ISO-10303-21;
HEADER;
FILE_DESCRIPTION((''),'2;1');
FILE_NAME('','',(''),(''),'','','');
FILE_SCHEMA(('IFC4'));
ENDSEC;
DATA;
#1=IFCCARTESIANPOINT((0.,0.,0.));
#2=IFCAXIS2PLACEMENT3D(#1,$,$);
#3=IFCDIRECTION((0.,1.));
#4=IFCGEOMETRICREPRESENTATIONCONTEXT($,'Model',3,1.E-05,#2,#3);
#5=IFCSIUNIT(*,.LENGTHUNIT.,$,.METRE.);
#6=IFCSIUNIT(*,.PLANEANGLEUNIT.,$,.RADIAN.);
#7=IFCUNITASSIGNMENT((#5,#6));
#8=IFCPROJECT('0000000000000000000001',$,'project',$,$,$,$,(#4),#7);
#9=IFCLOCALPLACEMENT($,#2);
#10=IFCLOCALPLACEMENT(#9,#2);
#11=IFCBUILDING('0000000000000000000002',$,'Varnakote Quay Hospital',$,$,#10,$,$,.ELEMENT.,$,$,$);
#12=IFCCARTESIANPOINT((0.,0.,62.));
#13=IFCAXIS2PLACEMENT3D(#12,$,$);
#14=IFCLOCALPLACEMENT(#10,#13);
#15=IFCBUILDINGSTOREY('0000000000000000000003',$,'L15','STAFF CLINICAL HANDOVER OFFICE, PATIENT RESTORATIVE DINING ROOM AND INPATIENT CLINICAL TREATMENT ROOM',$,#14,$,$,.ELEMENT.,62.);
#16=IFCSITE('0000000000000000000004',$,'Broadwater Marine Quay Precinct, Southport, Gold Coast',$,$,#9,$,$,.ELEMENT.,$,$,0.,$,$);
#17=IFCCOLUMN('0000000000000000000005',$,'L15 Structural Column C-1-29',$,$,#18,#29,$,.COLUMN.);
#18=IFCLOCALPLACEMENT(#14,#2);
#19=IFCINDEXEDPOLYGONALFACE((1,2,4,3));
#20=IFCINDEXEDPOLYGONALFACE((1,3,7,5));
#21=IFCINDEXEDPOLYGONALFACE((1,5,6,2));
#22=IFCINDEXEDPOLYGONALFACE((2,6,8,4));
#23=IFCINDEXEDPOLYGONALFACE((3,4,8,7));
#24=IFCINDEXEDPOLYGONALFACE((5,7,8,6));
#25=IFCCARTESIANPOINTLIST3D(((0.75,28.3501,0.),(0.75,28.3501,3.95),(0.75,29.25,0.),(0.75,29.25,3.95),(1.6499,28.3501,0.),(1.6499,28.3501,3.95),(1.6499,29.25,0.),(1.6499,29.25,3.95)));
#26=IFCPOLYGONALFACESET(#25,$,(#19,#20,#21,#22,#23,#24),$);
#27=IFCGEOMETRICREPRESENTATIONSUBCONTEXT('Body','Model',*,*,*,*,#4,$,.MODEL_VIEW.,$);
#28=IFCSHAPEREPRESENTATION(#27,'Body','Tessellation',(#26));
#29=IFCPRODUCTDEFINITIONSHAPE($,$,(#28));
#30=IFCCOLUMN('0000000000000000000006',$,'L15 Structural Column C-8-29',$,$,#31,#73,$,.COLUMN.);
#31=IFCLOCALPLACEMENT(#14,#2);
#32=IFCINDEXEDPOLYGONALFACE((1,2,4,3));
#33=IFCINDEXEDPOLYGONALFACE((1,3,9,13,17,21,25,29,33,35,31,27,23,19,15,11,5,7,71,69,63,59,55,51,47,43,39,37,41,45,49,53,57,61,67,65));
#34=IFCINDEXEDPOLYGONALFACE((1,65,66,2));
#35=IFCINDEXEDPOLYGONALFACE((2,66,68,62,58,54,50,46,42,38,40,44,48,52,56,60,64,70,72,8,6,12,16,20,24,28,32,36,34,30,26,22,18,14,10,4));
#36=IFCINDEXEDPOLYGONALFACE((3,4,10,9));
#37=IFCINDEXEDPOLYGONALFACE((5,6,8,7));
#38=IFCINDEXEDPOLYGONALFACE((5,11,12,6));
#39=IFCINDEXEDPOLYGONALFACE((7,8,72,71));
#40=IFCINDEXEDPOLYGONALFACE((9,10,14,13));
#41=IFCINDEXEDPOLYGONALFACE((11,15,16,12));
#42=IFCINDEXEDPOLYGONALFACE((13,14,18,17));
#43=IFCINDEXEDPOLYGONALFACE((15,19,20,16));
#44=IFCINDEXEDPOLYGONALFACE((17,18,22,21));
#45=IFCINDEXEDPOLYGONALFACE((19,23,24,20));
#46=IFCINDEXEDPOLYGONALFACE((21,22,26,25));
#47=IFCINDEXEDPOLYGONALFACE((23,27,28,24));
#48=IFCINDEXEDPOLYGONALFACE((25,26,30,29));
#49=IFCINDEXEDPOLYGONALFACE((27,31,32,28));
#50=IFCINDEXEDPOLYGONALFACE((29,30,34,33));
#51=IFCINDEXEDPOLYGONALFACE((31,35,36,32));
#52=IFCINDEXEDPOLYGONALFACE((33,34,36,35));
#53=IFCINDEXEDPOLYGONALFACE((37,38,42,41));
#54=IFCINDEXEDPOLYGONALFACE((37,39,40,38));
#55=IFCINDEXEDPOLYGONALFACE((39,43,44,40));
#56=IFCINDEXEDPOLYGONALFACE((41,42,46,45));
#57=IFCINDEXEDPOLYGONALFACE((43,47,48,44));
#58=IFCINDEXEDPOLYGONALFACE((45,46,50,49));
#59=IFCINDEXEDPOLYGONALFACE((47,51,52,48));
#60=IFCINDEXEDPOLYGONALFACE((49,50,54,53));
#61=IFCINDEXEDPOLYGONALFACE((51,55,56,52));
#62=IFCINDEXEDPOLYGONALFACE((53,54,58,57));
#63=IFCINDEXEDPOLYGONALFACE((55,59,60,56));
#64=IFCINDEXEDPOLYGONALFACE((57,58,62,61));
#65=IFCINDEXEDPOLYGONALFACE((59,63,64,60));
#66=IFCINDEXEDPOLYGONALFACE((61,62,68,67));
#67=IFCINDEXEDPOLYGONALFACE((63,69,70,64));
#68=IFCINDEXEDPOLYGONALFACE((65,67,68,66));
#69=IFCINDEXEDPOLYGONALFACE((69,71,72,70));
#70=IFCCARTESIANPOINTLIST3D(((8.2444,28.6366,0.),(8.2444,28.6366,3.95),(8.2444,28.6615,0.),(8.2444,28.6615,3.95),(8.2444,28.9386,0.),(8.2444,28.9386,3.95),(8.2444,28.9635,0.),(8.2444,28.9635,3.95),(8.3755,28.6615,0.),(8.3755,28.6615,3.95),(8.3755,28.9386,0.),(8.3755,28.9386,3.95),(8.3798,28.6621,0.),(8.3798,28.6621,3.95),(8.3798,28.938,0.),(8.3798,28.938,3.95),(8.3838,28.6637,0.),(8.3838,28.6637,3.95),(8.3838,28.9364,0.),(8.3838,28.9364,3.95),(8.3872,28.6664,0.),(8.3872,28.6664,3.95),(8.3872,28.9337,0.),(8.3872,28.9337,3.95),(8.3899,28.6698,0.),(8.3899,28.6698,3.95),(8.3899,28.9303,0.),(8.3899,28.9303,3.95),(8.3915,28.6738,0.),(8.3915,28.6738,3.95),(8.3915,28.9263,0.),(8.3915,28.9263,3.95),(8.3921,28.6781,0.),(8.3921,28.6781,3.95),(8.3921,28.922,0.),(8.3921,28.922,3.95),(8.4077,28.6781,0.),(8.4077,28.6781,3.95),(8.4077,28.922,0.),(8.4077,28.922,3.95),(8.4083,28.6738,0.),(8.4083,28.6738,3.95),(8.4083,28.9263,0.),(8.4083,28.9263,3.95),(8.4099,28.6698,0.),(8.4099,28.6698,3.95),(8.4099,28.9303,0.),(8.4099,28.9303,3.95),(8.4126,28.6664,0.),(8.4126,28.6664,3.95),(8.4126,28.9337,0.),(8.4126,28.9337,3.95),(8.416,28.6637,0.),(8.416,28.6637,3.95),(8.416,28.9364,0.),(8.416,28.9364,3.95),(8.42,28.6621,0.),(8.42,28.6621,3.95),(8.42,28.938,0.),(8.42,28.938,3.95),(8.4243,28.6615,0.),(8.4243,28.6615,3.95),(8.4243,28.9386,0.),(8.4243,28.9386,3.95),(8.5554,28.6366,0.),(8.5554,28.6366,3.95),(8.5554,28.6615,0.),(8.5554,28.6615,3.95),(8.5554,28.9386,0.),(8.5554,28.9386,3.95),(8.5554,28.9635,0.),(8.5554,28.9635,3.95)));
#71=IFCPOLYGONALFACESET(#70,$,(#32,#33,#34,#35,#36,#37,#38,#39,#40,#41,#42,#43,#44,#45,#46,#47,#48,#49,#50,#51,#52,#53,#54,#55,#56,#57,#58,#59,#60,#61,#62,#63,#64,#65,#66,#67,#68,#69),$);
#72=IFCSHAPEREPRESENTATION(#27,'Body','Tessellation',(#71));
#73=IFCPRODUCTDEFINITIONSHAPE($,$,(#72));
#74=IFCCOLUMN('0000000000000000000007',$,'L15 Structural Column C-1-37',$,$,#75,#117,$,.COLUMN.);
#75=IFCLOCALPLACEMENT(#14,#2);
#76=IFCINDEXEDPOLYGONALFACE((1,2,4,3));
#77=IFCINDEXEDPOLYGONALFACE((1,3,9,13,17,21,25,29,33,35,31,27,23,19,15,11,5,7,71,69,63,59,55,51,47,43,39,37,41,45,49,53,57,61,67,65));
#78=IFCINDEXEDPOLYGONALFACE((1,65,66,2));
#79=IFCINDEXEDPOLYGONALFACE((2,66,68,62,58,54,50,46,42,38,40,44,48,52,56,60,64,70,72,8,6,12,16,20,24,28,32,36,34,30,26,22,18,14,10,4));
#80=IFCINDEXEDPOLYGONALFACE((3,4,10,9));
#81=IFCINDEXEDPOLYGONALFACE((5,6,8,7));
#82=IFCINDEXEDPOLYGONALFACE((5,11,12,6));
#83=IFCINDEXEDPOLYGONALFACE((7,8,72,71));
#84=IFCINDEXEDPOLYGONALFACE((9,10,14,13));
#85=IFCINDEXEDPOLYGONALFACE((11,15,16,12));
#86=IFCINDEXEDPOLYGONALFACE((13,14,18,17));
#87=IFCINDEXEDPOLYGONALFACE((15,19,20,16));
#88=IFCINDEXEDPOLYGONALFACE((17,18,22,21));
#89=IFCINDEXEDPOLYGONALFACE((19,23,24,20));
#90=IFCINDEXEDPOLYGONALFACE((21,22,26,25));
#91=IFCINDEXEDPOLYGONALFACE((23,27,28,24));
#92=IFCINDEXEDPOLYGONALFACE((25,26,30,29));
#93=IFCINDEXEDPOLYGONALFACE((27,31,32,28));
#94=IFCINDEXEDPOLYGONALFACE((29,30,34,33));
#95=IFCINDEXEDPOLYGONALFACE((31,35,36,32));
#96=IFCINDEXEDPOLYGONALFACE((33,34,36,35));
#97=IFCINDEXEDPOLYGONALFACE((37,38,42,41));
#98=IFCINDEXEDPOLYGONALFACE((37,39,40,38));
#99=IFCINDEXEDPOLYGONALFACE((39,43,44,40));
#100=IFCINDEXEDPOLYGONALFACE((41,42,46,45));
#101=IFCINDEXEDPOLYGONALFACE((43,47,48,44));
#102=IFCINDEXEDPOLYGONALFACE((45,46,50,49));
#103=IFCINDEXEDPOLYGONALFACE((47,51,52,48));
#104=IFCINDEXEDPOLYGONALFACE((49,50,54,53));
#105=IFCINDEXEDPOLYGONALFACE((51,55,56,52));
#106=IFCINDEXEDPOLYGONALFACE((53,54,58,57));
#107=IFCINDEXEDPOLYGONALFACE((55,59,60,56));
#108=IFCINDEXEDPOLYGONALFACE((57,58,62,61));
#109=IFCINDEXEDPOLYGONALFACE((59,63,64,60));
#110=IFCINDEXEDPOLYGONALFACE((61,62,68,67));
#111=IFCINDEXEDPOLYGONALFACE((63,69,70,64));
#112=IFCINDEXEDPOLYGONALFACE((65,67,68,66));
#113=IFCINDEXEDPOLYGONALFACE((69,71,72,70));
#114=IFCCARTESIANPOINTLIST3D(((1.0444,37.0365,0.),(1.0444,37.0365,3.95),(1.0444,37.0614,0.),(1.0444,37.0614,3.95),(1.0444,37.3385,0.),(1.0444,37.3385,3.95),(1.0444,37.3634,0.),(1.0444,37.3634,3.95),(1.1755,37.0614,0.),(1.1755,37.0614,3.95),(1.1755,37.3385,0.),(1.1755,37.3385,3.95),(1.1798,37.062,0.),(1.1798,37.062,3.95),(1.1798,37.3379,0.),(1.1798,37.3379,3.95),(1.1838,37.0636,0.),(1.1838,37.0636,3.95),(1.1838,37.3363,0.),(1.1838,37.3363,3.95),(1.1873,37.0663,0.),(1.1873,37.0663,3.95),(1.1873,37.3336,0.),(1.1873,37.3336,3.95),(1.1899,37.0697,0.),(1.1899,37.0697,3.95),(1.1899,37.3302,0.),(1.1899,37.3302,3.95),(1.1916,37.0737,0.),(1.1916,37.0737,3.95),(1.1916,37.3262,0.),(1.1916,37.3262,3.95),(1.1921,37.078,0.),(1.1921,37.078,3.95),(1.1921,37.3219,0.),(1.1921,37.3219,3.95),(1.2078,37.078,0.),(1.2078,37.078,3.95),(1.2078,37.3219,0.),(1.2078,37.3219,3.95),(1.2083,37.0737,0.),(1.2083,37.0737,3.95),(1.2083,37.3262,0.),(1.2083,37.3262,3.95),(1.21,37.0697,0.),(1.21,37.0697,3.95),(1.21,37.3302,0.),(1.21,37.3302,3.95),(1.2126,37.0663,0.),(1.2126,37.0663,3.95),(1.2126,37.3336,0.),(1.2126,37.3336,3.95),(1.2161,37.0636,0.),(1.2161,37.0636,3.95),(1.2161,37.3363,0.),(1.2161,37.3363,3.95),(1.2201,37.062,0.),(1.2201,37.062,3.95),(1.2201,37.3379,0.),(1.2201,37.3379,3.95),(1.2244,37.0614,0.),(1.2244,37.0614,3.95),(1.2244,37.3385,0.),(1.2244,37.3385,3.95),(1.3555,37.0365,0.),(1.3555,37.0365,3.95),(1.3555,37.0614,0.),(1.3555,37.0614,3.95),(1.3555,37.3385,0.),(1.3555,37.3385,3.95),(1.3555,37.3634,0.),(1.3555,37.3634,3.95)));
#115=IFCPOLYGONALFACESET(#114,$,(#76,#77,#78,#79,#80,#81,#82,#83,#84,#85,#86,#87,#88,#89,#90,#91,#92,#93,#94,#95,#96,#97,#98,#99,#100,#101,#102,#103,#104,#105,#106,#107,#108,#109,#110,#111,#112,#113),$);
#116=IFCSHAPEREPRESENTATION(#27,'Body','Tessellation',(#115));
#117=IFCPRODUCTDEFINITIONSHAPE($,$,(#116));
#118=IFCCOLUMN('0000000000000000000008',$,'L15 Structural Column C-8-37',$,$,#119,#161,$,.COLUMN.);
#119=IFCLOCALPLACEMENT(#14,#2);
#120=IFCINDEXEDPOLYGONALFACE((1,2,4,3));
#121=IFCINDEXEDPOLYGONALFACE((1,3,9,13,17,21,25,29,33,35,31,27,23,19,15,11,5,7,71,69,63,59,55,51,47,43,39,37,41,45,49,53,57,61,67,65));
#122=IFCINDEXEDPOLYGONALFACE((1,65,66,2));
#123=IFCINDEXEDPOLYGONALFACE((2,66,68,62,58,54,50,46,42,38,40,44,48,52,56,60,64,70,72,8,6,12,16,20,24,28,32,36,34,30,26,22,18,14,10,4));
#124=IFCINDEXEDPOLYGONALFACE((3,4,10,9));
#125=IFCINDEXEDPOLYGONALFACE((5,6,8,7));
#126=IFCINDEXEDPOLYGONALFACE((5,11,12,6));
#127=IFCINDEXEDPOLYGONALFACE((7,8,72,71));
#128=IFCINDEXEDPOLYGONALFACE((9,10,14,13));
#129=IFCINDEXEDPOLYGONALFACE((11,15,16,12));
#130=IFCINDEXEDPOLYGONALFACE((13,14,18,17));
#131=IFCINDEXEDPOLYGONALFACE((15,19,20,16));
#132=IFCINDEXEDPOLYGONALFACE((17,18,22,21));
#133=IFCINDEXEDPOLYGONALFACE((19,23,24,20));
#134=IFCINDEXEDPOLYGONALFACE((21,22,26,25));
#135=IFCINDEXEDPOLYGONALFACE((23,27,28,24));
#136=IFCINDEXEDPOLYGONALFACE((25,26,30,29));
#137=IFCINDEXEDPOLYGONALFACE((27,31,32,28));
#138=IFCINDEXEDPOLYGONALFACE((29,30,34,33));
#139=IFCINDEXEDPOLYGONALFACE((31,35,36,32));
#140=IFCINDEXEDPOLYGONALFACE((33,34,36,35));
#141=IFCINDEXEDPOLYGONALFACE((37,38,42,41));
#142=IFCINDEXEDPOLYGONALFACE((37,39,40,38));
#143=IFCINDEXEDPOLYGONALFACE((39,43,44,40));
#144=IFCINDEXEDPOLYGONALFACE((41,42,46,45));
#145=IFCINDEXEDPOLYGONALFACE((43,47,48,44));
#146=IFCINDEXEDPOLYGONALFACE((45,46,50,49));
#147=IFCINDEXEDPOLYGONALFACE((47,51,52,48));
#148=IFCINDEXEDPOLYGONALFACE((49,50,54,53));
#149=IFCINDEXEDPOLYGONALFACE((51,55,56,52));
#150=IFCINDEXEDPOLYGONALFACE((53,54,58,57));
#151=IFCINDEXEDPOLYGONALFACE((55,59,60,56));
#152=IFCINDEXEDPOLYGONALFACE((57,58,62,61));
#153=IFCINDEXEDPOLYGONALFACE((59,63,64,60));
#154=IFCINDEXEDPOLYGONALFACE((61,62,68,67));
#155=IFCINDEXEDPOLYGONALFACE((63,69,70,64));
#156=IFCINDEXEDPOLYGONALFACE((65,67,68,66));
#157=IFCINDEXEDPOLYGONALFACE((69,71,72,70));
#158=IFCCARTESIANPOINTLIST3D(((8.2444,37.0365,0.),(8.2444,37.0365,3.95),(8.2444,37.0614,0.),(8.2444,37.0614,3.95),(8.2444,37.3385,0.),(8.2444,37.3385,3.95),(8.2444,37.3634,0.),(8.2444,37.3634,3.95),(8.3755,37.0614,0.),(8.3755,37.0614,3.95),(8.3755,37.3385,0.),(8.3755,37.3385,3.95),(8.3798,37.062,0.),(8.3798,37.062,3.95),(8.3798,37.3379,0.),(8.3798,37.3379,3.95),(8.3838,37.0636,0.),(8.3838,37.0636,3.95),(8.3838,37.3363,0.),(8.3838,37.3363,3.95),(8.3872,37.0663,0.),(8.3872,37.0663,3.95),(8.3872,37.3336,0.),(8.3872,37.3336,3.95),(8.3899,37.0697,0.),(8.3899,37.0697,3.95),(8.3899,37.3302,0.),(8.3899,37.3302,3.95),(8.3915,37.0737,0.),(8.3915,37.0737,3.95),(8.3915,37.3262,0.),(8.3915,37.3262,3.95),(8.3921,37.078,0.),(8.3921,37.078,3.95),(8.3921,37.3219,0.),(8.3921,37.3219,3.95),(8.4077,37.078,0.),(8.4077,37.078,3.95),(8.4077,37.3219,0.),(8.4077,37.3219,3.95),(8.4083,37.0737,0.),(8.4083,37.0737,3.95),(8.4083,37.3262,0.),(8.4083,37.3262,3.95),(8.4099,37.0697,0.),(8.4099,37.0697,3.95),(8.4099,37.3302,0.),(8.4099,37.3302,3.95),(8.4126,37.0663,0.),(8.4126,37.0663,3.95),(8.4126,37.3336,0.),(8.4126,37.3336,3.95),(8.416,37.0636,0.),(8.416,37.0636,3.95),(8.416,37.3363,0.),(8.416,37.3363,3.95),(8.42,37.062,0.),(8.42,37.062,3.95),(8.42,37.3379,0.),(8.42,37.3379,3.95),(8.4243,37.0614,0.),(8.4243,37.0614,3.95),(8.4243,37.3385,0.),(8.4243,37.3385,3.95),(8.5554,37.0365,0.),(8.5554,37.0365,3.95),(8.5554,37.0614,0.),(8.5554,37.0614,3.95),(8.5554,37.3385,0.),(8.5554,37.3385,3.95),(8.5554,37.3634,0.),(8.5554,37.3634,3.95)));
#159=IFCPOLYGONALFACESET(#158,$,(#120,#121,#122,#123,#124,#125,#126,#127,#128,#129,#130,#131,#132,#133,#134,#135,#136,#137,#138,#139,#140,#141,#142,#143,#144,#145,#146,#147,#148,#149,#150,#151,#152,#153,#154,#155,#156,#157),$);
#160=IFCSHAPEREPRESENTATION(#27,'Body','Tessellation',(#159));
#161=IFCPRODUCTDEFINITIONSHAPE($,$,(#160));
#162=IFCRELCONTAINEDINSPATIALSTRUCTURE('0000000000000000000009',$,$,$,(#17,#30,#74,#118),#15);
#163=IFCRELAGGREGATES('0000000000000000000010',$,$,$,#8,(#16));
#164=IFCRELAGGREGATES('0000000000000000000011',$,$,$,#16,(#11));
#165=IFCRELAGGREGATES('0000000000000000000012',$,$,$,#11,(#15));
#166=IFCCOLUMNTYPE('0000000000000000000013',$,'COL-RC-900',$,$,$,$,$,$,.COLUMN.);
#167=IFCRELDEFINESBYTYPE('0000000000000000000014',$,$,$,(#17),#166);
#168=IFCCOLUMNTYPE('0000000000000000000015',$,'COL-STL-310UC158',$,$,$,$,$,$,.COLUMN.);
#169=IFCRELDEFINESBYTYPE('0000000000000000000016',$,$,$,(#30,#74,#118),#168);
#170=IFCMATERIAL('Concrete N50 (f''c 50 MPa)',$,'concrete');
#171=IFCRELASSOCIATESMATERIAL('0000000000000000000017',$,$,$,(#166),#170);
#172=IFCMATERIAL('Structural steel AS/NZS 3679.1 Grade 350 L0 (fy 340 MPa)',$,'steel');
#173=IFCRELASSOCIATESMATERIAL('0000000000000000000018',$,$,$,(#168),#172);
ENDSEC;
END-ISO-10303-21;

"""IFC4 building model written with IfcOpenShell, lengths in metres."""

from ifc_helpers import new_model, si_unit, direction, frame, origin, origin_2d, place, context, subcontext, project, spatial, rectangle, i_section, extrude, material, material_profile, profile_set, type_object, element, save


model = new_model("IFC4")

# Units and contexts
model_context = context("Model", 3, precision=1e-05, world=origin(), true_north=direction((0.0, 1.0)))
body_context = subcontext(model_context, "Body", "Model", "MODEL_VIEW")
ifc_project = project(units=[si_unit("LENGTHUNIT", "METRE"), si_unit("PLANEANGLEUNIT", "RADIAN")], contexts=[model_context])

# Site, building, storey
site_placement = place(None, origin())
site = spatial("IfcSite", under=ifc_project, at=site_placement, Name="Broadwater Marine Quay Precinct, Southport, Gold Coast", CompositionType="ELEMENT", RefElevation=0.0)
building_placement = place(site_placement, origin())
building = spatial("IfcBuilding", under=site, at=building_placement, Name="Varnakote Quay Hospital", CompositionType="ELEMENT")
storey_placement = place(building_placement, frame((0.0, 0.0, 62.0)))
storey = spatial("IfcBuildingStorey", under=building, at=storey_placement, Name="L15", Description="STAFF CLINICAL HANDOVER OFFICE, PATIENT RESTORATIVE DINING ROOM AND INPATIENT CLINICAL TREATMENT ROOM", CompositionType="ELEMENT", Elevation=62.0)

# Columns
ifc_material_1 = material(Name="Concrete N50 (f'c 50 MPa)", Category="concrete")
ifc_material_profile_1 = material_profile(ifc_material_1, rectangle(XDim=0.8999, YDim=0.8999, at=origin_2d()), Name="RC-COL-900x900")
ifc_profile_set_1 = profile_set([ifc_material_profile_1], Name="Concrete N50 (f'c 50 MPa)")
column_type_1 = type_object("IfcColumnType", Name="COL-RC-900", PredefinedType="COLUMN", material=ifc_profile_set_1)
column_placement = place(storey_placement, frame((1.2, 28.8, 0.0), z_axis=(0.0, 0.0, 1.0), x_axis=(1.0, 0.0, 0.0)))
element("IfcColumn", 1, at=column_placement, inside=storey, type_object=column_type_1, Name="L15 Structural Column C-1-29", PredefinedType="COLUMN", context=body_context, shape_type="SweptSolid", body=[
    extrude(rectangle(XDim=0.8999, YDim=0.8999, at=origin_2d()), origin(), (0.0, 0.0, 1.0), 3.95),
])
ifc_material_2 = material(Name="Structural steel AS/NZS 3679.1 Grade 350 L0 (fy 340 MPa)", Category="steel")
ifc_material_profile_2 = material_profile(ifc_material_2, i_section(OverallWidth=0.311, OverallDepth=0.3269, WebThickness=0.0156, FlangeThickness=0.0249, FilletRadius=0.0166, at=origin_2d()), Name="310UC158")
ifc_profile_set_2 = profile_set([ifc_material_profile_2], Name="Structural steel AS/NZS 3679.1 Grade 350 L0 (fy 340 MPa)")
column_type_2 = type_object("IfcColumnType", Name="COL-STL-310UC158", PredefinedType="COLUMN", material=ifc_profile_set_2)
for number, where, z_axis, x_axis, name in (
    (2, (8.3999, 28.8, 0.0), (0.0, 0.0, 1.0), (1.0, 0.0, 0.0), "L15 Structural Column C-8-29"),
    (3, (1.2, 37.2, 0.0), (0.0, 0.0, 1.0), (1.0, 0.0, 0.0), "L15 Structural Column C-1-37"),
    (4, (8.3999, 37.2, 0.0), (0.0, 0.0, 1.0), (1.0, 0.0, 0.0), "L15 Structural Column C-8-37"),
):
    element("IfcColumn", number, at=place(storey_placement, frame(where, z_axis=z_axis, x_axis=x_axis)), inside=storey, type_object=column_type_2, Name=name, PredefinedType="COLUMN", context=body_context, shape_type="SweptSolid", body=[
        extrude(i_section(OverallWidth=0.311, OverallDepth=0.3269, WebThickness=0.0156, FlangeThickness=0.0249, FilletRadius=0.0166, at=origin_2d()), origin(), (0.0, 0.0, 1.0), 3.95),
    ])

save(model, "model.ifc")
